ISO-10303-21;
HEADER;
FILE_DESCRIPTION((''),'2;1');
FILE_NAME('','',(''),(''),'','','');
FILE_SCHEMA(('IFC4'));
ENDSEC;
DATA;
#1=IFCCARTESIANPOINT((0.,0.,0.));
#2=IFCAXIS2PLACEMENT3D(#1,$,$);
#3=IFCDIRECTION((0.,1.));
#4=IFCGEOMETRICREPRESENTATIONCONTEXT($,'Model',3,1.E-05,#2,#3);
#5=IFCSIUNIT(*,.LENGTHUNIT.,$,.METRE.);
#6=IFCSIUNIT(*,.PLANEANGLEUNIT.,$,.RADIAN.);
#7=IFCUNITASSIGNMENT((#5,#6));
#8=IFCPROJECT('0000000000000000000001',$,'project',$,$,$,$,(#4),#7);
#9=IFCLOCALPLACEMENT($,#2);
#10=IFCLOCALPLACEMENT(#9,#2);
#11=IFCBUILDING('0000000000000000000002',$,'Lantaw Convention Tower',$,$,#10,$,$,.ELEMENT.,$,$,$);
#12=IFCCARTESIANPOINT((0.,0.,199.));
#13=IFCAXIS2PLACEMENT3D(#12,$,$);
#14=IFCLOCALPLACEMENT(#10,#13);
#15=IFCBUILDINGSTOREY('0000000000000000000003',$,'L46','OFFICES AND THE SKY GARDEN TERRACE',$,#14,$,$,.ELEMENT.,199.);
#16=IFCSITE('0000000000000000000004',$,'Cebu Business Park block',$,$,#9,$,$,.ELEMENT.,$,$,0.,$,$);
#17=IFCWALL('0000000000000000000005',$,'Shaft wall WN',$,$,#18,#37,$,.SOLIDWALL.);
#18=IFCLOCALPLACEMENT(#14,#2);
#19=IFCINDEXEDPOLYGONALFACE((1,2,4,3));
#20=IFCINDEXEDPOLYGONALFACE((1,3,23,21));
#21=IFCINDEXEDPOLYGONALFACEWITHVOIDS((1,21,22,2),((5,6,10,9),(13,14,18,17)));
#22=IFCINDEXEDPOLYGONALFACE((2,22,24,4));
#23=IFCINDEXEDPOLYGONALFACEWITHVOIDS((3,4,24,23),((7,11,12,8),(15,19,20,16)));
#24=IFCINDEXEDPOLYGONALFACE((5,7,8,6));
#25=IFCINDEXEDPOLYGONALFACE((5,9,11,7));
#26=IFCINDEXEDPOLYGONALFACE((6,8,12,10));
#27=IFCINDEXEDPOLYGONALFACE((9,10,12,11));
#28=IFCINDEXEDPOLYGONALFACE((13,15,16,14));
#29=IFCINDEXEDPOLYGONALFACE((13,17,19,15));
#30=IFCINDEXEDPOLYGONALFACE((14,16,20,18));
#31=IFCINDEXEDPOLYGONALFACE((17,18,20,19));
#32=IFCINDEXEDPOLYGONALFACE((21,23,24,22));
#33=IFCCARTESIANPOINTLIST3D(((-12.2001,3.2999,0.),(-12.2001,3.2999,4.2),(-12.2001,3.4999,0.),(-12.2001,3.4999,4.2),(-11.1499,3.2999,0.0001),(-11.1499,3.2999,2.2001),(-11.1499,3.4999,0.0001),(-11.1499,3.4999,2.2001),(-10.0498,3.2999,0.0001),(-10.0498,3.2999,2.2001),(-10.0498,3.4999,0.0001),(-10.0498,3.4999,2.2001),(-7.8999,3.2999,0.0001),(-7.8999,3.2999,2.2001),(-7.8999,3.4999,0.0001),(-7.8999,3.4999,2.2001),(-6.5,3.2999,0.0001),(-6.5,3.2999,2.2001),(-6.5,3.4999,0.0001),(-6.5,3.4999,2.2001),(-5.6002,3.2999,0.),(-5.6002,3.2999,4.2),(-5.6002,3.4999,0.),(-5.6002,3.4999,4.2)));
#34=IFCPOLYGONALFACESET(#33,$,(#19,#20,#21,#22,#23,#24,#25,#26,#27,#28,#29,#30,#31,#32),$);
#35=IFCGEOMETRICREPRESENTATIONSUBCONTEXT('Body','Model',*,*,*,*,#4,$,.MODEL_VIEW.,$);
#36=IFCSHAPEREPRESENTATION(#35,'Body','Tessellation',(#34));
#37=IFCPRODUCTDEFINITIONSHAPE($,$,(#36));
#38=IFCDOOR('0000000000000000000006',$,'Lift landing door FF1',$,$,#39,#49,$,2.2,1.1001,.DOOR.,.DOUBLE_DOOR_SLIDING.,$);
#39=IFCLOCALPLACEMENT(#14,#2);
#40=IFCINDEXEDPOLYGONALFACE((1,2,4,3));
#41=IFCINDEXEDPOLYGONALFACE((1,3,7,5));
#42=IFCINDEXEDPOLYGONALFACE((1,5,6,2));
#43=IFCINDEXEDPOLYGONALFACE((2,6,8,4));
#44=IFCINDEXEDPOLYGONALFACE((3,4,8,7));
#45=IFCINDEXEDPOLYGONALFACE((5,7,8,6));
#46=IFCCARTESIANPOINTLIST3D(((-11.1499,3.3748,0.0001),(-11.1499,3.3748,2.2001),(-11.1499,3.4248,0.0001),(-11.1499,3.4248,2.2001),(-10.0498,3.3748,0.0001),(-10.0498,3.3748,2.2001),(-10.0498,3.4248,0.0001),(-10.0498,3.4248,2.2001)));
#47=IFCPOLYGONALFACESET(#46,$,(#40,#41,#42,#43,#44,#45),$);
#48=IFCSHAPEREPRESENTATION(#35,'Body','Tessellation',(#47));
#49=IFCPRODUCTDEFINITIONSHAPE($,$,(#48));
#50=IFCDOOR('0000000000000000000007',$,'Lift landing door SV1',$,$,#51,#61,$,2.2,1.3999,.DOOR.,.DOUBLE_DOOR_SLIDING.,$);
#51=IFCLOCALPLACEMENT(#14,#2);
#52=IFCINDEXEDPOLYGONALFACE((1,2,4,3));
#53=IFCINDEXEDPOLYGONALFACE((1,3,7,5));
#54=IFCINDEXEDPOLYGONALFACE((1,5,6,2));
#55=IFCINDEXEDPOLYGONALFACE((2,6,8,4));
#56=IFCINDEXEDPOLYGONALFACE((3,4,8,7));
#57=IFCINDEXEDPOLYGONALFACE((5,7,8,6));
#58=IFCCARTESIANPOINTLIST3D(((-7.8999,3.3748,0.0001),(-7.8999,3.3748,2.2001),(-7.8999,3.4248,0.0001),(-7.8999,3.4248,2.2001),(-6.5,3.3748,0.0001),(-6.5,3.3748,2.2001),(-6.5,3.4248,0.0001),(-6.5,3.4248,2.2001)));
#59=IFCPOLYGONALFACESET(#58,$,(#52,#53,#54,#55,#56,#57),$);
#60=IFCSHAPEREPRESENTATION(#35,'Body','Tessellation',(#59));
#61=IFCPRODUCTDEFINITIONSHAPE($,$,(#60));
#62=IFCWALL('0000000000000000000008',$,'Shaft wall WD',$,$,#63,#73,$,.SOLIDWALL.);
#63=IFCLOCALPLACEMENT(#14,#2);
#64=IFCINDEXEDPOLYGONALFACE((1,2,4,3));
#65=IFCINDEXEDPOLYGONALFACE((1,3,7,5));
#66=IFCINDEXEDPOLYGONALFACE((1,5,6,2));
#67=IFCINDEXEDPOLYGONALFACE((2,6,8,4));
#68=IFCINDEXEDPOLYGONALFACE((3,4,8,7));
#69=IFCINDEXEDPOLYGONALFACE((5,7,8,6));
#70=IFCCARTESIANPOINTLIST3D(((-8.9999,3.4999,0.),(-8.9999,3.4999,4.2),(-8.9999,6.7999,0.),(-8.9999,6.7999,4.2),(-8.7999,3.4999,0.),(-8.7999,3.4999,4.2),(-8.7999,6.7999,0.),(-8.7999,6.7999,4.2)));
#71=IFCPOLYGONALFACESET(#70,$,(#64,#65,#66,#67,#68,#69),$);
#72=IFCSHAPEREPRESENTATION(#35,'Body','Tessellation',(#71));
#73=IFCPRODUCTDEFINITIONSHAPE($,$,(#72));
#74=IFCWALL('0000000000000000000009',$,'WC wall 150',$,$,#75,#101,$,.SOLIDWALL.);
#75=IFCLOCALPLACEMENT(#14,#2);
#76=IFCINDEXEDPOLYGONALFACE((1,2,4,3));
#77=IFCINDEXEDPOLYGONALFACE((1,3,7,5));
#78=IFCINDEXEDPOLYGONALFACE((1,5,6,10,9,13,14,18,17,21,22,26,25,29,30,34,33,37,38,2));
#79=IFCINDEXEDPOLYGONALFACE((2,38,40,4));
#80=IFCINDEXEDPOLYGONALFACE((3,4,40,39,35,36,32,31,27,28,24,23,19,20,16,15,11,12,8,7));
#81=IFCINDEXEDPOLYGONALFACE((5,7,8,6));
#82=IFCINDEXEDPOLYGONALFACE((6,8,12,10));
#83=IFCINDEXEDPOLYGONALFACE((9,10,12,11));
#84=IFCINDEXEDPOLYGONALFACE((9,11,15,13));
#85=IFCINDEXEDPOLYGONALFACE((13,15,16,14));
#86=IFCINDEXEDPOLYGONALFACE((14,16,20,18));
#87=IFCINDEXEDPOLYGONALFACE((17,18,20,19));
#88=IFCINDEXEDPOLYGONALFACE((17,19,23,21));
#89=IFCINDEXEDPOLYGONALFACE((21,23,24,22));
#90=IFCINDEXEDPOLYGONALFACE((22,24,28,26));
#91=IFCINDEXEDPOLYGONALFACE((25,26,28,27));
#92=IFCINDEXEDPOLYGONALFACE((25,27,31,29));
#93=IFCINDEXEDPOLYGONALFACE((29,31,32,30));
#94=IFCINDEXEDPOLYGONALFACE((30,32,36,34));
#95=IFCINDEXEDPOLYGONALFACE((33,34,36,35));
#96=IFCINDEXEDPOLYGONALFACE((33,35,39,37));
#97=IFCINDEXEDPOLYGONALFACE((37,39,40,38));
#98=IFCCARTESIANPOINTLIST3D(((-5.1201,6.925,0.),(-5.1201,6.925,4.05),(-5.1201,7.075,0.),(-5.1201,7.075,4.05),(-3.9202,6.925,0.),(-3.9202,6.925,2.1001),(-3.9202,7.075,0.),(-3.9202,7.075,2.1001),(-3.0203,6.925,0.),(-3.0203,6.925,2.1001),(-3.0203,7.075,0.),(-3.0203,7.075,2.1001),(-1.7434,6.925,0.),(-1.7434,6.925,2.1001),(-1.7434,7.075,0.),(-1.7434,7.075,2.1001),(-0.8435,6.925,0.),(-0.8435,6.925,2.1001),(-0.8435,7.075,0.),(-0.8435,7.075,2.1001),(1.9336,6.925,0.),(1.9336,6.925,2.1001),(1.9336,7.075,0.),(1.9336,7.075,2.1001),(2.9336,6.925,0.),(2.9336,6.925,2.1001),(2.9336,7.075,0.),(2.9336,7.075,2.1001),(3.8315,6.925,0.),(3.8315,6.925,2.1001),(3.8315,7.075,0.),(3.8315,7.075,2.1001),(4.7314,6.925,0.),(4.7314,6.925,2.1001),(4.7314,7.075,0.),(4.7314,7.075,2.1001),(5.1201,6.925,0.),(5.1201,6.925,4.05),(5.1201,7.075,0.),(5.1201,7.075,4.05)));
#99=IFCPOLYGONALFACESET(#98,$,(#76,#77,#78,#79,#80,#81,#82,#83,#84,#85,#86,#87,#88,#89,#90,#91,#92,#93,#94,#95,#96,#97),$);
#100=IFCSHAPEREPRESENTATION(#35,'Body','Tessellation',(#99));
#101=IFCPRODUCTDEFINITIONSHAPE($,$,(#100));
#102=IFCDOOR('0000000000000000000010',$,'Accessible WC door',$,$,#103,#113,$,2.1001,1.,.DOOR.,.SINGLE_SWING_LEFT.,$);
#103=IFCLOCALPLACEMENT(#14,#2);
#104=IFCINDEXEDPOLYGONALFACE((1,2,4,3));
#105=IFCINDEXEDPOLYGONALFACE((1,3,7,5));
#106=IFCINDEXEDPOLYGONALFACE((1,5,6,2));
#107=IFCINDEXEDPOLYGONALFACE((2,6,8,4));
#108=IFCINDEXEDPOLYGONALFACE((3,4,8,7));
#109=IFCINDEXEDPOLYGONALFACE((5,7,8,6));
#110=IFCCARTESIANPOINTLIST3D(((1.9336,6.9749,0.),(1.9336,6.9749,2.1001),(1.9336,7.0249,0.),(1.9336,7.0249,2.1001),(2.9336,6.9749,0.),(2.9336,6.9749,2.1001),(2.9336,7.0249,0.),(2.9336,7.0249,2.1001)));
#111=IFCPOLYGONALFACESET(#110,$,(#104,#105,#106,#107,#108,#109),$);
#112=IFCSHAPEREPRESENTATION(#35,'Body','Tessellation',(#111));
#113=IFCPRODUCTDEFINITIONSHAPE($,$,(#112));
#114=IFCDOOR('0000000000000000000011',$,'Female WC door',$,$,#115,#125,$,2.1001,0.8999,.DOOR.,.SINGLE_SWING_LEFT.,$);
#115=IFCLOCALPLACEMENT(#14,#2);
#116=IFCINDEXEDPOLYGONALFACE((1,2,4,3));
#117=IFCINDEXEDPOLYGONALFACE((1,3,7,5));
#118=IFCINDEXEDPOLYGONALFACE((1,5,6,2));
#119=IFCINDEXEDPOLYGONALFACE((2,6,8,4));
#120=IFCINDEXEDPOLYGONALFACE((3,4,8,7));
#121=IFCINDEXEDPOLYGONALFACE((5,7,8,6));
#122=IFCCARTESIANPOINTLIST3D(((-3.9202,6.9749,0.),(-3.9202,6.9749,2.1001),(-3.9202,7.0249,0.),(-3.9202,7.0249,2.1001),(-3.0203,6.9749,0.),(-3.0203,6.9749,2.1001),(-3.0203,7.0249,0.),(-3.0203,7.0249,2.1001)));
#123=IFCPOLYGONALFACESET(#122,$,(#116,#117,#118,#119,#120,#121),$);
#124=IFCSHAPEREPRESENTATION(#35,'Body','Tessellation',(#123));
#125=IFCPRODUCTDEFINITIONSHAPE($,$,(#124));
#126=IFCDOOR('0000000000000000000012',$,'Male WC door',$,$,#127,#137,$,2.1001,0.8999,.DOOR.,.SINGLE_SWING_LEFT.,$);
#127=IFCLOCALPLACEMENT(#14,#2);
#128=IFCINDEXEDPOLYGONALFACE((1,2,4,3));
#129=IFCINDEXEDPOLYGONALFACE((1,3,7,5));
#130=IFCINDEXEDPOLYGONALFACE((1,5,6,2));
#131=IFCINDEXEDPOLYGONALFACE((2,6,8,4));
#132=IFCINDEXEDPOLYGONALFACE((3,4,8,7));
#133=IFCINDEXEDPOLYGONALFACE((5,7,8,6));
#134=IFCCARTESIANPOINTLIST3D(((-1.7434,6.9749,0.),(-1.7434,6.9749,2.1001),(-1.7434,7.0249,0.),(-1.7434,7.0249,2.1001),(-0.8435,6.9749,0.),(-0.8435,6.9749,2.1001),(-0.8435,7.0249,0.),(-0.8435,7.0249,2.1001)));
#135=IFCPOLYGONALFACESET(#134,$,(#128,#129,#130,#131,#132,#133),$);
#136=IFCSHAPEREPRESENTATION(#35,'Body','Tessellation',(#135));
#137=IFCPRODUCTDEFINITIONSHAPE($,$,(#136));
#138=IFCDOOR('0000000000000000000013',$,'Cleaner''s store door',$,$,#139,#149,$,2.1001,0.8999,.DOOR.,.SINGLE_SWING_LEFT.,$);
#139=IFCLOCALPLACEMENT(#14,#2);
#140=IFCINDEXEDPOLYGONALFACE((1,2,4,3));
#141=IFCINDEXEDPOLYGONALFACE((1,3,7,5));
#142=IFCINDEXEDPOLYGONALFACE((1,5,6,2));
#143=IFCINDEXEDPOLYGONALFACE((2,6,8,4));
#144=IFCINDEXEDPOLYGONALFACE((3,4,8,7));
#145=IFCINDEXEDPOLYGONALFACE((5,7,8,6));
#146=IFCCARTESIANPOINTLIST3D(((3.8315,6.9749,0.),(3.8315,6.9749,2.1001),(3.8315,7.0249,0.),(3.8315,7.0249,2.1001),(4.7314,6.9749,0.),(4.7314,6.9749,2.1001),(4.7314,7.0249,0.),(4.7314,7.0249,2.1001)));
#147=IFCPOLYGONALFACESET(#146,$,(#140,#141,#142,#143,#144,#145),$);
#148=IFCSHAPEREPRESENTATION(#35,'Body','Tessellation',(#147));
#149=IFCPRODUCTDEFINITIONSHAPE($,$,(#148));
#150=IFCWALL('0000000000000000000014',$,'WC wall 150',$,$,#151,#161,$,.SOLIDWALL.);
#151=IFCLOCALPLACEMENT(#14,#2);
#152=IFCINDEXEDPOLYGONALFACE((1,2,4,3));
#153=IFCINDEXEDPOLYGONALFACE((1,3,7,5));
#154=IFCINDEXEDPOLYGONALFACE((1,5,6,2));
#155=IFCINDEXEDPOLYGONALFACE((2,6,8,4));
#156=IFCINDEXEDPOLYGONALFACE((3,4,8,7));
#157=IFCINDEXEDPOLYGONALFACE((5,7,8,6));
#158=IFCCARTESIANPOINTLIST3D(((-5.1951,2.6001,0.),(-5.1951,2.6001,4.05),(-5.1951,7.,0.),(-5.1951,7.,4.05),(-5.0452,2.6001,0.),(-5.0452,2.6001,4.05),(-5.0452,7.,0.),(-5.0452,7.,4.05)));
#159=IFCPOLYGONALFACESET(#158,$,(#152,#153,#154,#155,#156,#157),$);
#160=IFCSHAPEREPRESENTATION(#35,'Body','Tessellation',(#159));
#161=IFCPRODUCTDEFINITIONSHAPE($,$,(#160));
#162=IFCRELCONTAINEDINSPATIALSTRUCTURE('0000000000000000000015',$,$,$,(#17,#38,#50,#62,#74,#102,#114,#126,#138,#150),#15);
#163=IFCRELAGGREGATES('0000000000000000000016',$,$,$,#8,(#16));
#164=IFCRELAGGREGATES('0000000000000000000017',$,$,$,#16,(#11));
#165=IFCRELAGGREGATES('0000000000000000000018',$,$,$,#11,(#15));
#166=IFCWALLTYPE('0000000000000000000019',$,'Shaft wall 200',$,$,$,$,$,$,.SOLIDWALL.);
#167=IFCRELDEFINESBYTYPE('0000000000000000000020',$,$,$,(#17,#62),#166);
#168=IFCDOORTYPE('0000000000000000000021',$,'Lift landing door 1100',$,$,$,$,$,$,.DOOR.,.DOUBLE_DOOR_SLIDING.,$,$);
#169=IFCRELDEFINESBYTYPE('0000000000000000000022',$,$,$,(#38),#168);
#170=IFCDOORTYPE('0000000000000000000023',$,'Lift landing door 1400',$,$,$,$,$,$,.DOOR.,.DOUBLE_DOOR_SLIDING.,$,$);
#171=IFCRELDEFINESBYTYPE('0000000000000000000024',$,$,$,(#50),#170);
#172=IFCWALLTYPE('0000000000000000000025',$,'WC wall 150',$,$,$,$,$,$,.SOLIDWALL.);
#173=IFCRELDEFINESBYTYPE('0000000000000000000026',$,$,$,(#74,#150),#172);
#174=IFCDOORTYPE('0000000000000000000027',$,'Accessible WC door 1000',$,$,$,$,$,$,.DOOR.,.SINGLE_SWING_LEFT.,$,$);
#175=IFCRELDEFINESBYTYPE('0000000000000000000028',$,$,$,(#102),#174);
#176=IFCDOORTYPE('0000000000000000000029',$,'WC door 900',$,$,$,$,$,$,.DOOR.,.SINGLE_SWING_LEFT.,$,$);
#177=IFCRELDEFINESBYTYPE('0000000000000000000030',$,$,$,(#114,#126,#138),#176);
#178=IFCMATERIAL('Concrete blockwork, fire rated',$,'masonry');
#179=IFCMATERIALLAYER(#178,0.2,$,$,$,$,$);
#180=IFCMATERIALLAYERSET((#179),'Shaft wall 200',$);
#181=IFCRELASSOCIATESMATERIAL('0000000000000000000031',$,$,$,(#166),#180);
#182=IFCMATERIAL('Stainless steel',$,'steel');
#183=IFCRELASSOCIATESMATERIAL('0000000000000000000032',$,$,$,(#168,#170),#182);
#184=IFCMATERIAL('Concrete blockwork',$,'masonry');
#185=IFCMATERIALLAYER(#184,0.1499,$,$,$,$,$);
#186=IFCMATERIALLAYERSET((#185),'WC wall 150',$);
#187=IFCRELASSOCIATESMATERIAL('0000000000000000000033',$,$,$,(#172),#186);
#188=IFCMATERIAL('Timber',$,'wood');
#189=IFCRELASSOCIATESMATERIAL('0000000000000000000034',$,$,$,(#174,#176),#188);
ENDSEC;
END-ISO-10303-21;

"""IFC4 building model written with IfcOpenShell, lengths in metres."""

from ifc_helpers import new_model, si_unit, direction, frame, frame_2d, origin, place, context, subcontext, project, spatial, rectangle, extrude, material, layer, layer_set, type_object, element, fill, save


model = new_model("IFC4")

# Units and contexts
model_context = context("Model", 3, precision=1e-05, world=origin(), true_north=direction((0.0, 1.0)))
body_context = subcontext(model_context, "Body", "Model", "MODEL_VIEW")
ifc_project = project(units=[si_unit("LENGTHUNIT", "METRE"), si_unit("PLANEANGLEUNIT", "RADIAN")], contexts=[model_context])

# Site, building, storey
site_placement = place(None, origin())
site = spatial("IfcSite", under=ifc_project, at=site_placement, Name="Cebu Business Park block", CompositionType="ELEMENT", RefElevation=0.0)
building_placement = place(site_placement, origin())
building = spatial("IfcBuilding", under=site, at=building_placement, Name="Lantaw Convention Tower", CompositionType="ELEMENT")
storey_placement = place(building_placement, frame((0.0, 0.0, 199.0)))
storey = spatial("IfcBuildingStorey", under=building, at=storey_placement, Name="L46", Description="OFFICES AND THE SKY GARDEN TERRACE", CompositionType="ELEMENT", Elevation=199.0)

# Wall, openings, doors
ifc_material_1 = material(Name="Concrete blockwork, fire rated", Category="masonry")
ifc_layer_1 = layer(ifc_material_1, 0.2)
ifc_layer_set_1 = layer_set([ifc_layer_1], Name="Shaft wall 200")
wall_type_1 = type_object("IfcWallType", Name="Shaft wall 200", PredefinedType="SOLIDWALL", material=ifc_layer_set_1)
wall_1_placement = place(storey_placement, frame((-12.2, 3.3999, 0.0), z_axis=(0.0, 0.0, 1.0), x_axis=(1.0, 0.0, 0.0)))
wall_1 = element("IfcWall", 1, at=wall_1_placement, inside=storey, type_object=wall_type_1, Name="Shaft wall WN", PredefinedType="SOLIDWALL", context=body_context, shape_type="SweptSolid", body=[
    extrude(rectangle(XDim=6.5999, YDim=0.2, at=frame_2d((3.2998, 0.0))), origin(), (0.0, 0.0, 1.0), 4.2),
])
opening_1_placement = place(wall_1_placement, frame((1.05, 0.0, 0.0)))
opening_1 = element("IfcOpeningElement", 2, at=opening_1_placement, cuts=wall_1, PredefinedType="OPENING", context=body_context, shape_type="SweptSolid", body=[
    extrude(rectangle(XDim=1.1001, YDim=2.2, at=frame_2d((0.55, 1.1001))), frame((0.0, 0.1099, 0.0), z_axis=(0.0, -1.0, 0.0), x_axis=(1.0, 0.0, 0.0)), (0.0, 0.0, 1.0), 0.22),
])
opening_2_placement = place(wall_1_placement, frame((4.3, 0.0, 0.0)))
opening_2 = element("IfcOpeningElement", 3, at=opening_2_placement, cuts=wall_1, PredefinedType="OPENING", context=body_context, shape_type="SweptSolid", body=[
    extrude(rectangle(XDim=1.3999, YDim=2.2, at=frame_2d((0.7, 1.1001))), frame((0.0, 0.1099, 0.0), z_axis=(0.0, -1.0, 0.0), x_axis=(1.0, 0.0, 0.0)), (0.0, 0.0, 1.0), 0.22),
])
ifc_material_2 = material(Name="Stainless steel", Category="steel")
door_type_1 = type_object("IfcDoorType", Name="Lift landing door 1100", OperationType="DOUBLE_DOOR_SLIDING", PredefinedType="DOOR", material=ifc_material_2)
door_1_placement = place(opening_1_placement, origin())
door_1 = element("IfcDoor", 4, at=door_1_placement, inside=storey, type_object=door_type_1, Name="Lift landing door FF1", OperationType="DOUBLE_DOOR_SLIDING", OverallHeight=2.2, OverallWidth=1.1001, PredefinedType="DOOR", context=body_context, shape_type="SweptSolid", body=[
    extrude(rectangle(XDim=1.1001, YDim=2.2, at=frame_2d((0.55, 1.1001))), frame((0.0, 0.0249, 0.0), z_axis=(0.0, -1.0, 0.0), x_axis=(1.0, 0.0, 0.0)), (0.0, 0.0, 1.0), 0.05),
])
fill(opening_1, door_1)
door_type_2 = type_object("IfcDoorType", Name="Lift landing door 1400", OperationType="DOUBLE_DOOR_SLIDING", PredefinedType="DOOR", material=ifc_material_2)
door_2_placement = place(opening_2_placement, origin())
door_2 = element("IfcDoor", 5, at=door_2_placement, inside=storey, type_object=door_type_2, Name="Lift landing door SV1", OperationType="DOUBLE_DOOR_SLIDING", OverallHeight=2.2, OverallWidth=1.3999, PredefinedType="DOOR", context=body_context, shape_type="SweptSolid", body=[
    extrude(rectangle(XDim=1.3999, YDim=2.2, at=frame_2d((0.7, 1.1001))), frame((0.0, 0.0249, 0.0), z_axis=(0.0, -1.0, 0.0), x_axis=(1.0, 0.0, 0.0)), (0.0, 0.0, 1.0), 0.05),
])
fill(opening_2, door_2)

# Wall
wall_2_placement = place(storey_placement, frame((-8.8999, 3.5, 0.0), z_axis=(0.0, 0.0, 1.0), x_axis=(0.0, 1.0, 0.0)))
element("IfcWall", 6, at=wall_2_placement, inside=storey, type_object=wall_type_1, Name="Shaft wall WD", PredefinedType="SOLIDWALL", context=body_context, shape_type="SweptSolid", body=[
    extrude(rectangle(XDim=3.3, YDim=0.2, at=frame_2d((1.6499, 0.0))), origin(), (0.0, 0.0, 1.0), 4.2),
])

# Wall, openings, doors
ifc_material_3 = material(Name="Concrete blockwork", Category="masonry")
ifc_layer_2 = layer(ifc_material_3, 0.1499)
ifc_layer_set_2 = layer_set([ifc_layer_2], Name="WC wall 150")
wall_type_2 = type_object("IfcWallType", Name="WC wall 150", PredefinedType="SOLIDWALL", material=ifc_layer_set_2)
wall_3_placement = place(storey_placement, frame((-5.1201, 7.0, 0.0), z_axis=(0.0, 0.0, 1.0), x_axis=(1.0, 0.0, 0.0)))
wall_3 = element("IfcWall", 7, at=wall_3_placement, inside=storey, type_object=wall_type_2, Name="WC wall 150", PredefinedType="SOLIDWALL", context=body_context, shape_type="SweptSolid", body=[
    extrude(rectangle(XDim=10.2402, YDim=0.1499, at=frame_2d((5.1201, 0.0))), origin(), (0.0, 0.0, 1.0), 4.05),
])
opening_3_placement = place(wall_3_placement, frame((1.2, 0.0, 0.0)))
opening_3 = element("IfcOpeningElement", 8, at=opening_3_placement, cuts=wall_3, PredefinedType="OPENING", context=body_context, shape_type="SweptSolid", body=[
    extrude(rectangle(XDim=0.8999, YDim=2.1001, at=frame_2d((0.45, 1.05))), frame((0.0, 0.085, 0.0), z_axis=(0.0, -1.0, 0.0), x_axis=(1.0, 0.0, 0.0)), (0.0, 0.0, 1.0), 0.1699),
])
opening_4_placement = place(wall_3_placement, frame((3.3767, 0.0, 0.0)))
opening_4 = element("IfcOpeningElement", 9, at=opening_4_placement, cuts=wall_3, PredefinedType="OPENING", context=body_context, shape_type="SweptSolid", body=[
    extrude(rectangle(XDim=0.8999, YDim=2.1001, at=frame_2d((0.45, 1.05))), frame((0.0, 0.085, 0.0), z_axis=(0.0, -1.0, 0.0), x_axis=(1.0, 0.0, 0.0)), (0.0, 0.0, 1.0), 0.1699),
])
opening_5_placement = place(wall_3_placement, frame((7.0537, 0.0, 0.0)))
opening_5 = element("IfcOpeningElement", 10, at=opening_5_placement, cuts=wall_3, PredefinedType="OPENING", context=body_context, shape_type="SweptSolid", body=[
    extrude(rectangle(XDim=1.0, YDim=2.1001, at=frame_2d((0.5, 1.05))), frame((0.0, 0.085, 0.0), z_axis=(0.0, -1.0, 0.0), x_axis=(1.0, 0.0, 0.0)), (0.0, 0.0, 1.0), 0.1699),
])
opening_6_placement = place(wall_3_placement, frame((8.9517, 0.0, 0.0)))
opening_6 = element("IfcOpeningElement", 11, at=opening_6_placement, cuts=wall_3, PredefinedType="OPENING", context=body_context, shape_type="SweptSolid", body=[
    extrude(rectangle(XDim=0.8999, YDim=2.1001, at=frame_2d((0.45, 1.05))), frame((0.0, 0.085, 0.0), z_axis=(0.0, -1.0, 0.0), x_axis=(1.0, 0.0, 0.0)), (0.0, 0.0, 1.0), 0.1699),
])
ifc_material_4 = material(Name="Timber", Category="wood")
door_type_3 = type_object("IfcDoorType", Name="Accessible WC door 1000", OperationType="SINGLE_SWING_LEFT", PredefinedType="DOOR", material=ifc_material_4)
door_3_placement = place(opening_5_placement, origin())
door_3 = element("IfcDoor", 12, at=door_3_placement, inside=storey, type_object=door_type_3, Name="Accessible WC door", OperationType="SINGLE_SWING_LEFT", OverallHeight=2.1001, OverallWidth=1.0, PredefinedType="DOOR", context=body_context, shape_type="SweptSolid", body=[
    extrude(rectangle(XDim=1.0, YDim=2.1001, at=frame_2d((0.5, 1.05))), frame((0.0, 0.0249, 0.0), z_axis=(0.0, -1.0, 0.0), x_axis=(1.0, 0.0, 0.0)), (0.0, 0.0, 1.0), 0.05),
])
fill(opening_5, door_3)
door_type_4 = type_object("IfcDoorType", Name="WC door 900", OperationType="SINGLE_SWING_LEFT", PredefinedType="DOOR", material=ifc_material_4)
door_4_placement = place(opening_3_placement, origin())
door_4 = element("IfcDoor", 13, at=door_4_placement, inside=storey, type_object=door_type_4, Name="Female WC door", OperationType="SINGLE_SWING_LEFT", OverallHeight=2.1001, OverallWidth=0.8999, PredefinedType="DOOR", context=body_context, shape_type="SweptSolid", body=[
    extrude(rectangle(XDim=0.8999, YDim=2.1001, at=frame_2d((0.45, 1.05))), frame((0.0, 0.0249, 0.0), z_axis=(0.0, -1.0, 0.0), x_axis=(1.0, 0.0, 0.0)), (0.0, 0.0, 1.0), 0.05),
])
fill(opening_3, door_4)
door_5_placement = place(opening_4_placement, origin())
door_5 = element("IfcDoor", 14, at=door_5_placement, inside=storey, type_object=door_type_4, Name="Male WC door", OperationType="SINGLE_SWING_LEFT", OverallHeight=2.1001, OverallWidth=0.8999, PredefinedType="DOOR", context=body_context, shape_type="SweptSolid", body=[
    extrude(rectangle(XDim=0.8999, YDim=2.1001, at=frame_2d((0.45, 1.05))), frame((0.0, 0.0249, 0.0), z_axis=(0.0, -1.0, 0.0), x_axis=(1.0, 0.0, 0.0)), (0.0, 0.0, 1.0), 0.05),
])
fill(opening_4, door_5)
door_6_placement = place(opening_6_placement, origin())
door_6 = element("IfcDoor", 15, at=door_6_placement, inside=storey, type_object=door_type_4, Name="Cleaner's store door", OperationType="SINGLE_SWING_LEFT", OverallHeight=2.1001, OverallWidth=0.8999, PredefinedType="DOOR", context=body_context, shape_type="SweptSolid", body=[
    extrude(rectangle(XDim=0.8999, YDim=2.1001, at=frame_2d((0.45, 1.05))), frame((0.0, 0.0249, 0.0), z_axis=(0.0, -1.0, 0.0), x_axis=(1.0, 0.0, 0.0)), (0.0, 0.0, 1.0), 0.05),
])
fill(opening_6, door_6)

# Wall
for number, where, z_axis, x_axis, name in (
    (16, (-5.1201, 2.6001, 0.0), (0.0, 0.0, 1.0), (0.0, 1.0, 0.0), "WC wall 150"),
):
    element("IfcWall", number, at=place(storey_placement, frame(where, z_axis=z_axis, x_axis=x_axis)), inside=storey, type_object=wall_type_2, Name=name, PredefinedType="SOLIDWALL", context=body_context, shape_type="SweptSolid", body=[
        extrude(rectangle(XDim=4.3999, YDim=0.1499, at=frame_2d((2.2, 0.0))), origin(), (0.0, 0.0, 1.0), 4.05),
    ])

save(model, "model.ifc")
